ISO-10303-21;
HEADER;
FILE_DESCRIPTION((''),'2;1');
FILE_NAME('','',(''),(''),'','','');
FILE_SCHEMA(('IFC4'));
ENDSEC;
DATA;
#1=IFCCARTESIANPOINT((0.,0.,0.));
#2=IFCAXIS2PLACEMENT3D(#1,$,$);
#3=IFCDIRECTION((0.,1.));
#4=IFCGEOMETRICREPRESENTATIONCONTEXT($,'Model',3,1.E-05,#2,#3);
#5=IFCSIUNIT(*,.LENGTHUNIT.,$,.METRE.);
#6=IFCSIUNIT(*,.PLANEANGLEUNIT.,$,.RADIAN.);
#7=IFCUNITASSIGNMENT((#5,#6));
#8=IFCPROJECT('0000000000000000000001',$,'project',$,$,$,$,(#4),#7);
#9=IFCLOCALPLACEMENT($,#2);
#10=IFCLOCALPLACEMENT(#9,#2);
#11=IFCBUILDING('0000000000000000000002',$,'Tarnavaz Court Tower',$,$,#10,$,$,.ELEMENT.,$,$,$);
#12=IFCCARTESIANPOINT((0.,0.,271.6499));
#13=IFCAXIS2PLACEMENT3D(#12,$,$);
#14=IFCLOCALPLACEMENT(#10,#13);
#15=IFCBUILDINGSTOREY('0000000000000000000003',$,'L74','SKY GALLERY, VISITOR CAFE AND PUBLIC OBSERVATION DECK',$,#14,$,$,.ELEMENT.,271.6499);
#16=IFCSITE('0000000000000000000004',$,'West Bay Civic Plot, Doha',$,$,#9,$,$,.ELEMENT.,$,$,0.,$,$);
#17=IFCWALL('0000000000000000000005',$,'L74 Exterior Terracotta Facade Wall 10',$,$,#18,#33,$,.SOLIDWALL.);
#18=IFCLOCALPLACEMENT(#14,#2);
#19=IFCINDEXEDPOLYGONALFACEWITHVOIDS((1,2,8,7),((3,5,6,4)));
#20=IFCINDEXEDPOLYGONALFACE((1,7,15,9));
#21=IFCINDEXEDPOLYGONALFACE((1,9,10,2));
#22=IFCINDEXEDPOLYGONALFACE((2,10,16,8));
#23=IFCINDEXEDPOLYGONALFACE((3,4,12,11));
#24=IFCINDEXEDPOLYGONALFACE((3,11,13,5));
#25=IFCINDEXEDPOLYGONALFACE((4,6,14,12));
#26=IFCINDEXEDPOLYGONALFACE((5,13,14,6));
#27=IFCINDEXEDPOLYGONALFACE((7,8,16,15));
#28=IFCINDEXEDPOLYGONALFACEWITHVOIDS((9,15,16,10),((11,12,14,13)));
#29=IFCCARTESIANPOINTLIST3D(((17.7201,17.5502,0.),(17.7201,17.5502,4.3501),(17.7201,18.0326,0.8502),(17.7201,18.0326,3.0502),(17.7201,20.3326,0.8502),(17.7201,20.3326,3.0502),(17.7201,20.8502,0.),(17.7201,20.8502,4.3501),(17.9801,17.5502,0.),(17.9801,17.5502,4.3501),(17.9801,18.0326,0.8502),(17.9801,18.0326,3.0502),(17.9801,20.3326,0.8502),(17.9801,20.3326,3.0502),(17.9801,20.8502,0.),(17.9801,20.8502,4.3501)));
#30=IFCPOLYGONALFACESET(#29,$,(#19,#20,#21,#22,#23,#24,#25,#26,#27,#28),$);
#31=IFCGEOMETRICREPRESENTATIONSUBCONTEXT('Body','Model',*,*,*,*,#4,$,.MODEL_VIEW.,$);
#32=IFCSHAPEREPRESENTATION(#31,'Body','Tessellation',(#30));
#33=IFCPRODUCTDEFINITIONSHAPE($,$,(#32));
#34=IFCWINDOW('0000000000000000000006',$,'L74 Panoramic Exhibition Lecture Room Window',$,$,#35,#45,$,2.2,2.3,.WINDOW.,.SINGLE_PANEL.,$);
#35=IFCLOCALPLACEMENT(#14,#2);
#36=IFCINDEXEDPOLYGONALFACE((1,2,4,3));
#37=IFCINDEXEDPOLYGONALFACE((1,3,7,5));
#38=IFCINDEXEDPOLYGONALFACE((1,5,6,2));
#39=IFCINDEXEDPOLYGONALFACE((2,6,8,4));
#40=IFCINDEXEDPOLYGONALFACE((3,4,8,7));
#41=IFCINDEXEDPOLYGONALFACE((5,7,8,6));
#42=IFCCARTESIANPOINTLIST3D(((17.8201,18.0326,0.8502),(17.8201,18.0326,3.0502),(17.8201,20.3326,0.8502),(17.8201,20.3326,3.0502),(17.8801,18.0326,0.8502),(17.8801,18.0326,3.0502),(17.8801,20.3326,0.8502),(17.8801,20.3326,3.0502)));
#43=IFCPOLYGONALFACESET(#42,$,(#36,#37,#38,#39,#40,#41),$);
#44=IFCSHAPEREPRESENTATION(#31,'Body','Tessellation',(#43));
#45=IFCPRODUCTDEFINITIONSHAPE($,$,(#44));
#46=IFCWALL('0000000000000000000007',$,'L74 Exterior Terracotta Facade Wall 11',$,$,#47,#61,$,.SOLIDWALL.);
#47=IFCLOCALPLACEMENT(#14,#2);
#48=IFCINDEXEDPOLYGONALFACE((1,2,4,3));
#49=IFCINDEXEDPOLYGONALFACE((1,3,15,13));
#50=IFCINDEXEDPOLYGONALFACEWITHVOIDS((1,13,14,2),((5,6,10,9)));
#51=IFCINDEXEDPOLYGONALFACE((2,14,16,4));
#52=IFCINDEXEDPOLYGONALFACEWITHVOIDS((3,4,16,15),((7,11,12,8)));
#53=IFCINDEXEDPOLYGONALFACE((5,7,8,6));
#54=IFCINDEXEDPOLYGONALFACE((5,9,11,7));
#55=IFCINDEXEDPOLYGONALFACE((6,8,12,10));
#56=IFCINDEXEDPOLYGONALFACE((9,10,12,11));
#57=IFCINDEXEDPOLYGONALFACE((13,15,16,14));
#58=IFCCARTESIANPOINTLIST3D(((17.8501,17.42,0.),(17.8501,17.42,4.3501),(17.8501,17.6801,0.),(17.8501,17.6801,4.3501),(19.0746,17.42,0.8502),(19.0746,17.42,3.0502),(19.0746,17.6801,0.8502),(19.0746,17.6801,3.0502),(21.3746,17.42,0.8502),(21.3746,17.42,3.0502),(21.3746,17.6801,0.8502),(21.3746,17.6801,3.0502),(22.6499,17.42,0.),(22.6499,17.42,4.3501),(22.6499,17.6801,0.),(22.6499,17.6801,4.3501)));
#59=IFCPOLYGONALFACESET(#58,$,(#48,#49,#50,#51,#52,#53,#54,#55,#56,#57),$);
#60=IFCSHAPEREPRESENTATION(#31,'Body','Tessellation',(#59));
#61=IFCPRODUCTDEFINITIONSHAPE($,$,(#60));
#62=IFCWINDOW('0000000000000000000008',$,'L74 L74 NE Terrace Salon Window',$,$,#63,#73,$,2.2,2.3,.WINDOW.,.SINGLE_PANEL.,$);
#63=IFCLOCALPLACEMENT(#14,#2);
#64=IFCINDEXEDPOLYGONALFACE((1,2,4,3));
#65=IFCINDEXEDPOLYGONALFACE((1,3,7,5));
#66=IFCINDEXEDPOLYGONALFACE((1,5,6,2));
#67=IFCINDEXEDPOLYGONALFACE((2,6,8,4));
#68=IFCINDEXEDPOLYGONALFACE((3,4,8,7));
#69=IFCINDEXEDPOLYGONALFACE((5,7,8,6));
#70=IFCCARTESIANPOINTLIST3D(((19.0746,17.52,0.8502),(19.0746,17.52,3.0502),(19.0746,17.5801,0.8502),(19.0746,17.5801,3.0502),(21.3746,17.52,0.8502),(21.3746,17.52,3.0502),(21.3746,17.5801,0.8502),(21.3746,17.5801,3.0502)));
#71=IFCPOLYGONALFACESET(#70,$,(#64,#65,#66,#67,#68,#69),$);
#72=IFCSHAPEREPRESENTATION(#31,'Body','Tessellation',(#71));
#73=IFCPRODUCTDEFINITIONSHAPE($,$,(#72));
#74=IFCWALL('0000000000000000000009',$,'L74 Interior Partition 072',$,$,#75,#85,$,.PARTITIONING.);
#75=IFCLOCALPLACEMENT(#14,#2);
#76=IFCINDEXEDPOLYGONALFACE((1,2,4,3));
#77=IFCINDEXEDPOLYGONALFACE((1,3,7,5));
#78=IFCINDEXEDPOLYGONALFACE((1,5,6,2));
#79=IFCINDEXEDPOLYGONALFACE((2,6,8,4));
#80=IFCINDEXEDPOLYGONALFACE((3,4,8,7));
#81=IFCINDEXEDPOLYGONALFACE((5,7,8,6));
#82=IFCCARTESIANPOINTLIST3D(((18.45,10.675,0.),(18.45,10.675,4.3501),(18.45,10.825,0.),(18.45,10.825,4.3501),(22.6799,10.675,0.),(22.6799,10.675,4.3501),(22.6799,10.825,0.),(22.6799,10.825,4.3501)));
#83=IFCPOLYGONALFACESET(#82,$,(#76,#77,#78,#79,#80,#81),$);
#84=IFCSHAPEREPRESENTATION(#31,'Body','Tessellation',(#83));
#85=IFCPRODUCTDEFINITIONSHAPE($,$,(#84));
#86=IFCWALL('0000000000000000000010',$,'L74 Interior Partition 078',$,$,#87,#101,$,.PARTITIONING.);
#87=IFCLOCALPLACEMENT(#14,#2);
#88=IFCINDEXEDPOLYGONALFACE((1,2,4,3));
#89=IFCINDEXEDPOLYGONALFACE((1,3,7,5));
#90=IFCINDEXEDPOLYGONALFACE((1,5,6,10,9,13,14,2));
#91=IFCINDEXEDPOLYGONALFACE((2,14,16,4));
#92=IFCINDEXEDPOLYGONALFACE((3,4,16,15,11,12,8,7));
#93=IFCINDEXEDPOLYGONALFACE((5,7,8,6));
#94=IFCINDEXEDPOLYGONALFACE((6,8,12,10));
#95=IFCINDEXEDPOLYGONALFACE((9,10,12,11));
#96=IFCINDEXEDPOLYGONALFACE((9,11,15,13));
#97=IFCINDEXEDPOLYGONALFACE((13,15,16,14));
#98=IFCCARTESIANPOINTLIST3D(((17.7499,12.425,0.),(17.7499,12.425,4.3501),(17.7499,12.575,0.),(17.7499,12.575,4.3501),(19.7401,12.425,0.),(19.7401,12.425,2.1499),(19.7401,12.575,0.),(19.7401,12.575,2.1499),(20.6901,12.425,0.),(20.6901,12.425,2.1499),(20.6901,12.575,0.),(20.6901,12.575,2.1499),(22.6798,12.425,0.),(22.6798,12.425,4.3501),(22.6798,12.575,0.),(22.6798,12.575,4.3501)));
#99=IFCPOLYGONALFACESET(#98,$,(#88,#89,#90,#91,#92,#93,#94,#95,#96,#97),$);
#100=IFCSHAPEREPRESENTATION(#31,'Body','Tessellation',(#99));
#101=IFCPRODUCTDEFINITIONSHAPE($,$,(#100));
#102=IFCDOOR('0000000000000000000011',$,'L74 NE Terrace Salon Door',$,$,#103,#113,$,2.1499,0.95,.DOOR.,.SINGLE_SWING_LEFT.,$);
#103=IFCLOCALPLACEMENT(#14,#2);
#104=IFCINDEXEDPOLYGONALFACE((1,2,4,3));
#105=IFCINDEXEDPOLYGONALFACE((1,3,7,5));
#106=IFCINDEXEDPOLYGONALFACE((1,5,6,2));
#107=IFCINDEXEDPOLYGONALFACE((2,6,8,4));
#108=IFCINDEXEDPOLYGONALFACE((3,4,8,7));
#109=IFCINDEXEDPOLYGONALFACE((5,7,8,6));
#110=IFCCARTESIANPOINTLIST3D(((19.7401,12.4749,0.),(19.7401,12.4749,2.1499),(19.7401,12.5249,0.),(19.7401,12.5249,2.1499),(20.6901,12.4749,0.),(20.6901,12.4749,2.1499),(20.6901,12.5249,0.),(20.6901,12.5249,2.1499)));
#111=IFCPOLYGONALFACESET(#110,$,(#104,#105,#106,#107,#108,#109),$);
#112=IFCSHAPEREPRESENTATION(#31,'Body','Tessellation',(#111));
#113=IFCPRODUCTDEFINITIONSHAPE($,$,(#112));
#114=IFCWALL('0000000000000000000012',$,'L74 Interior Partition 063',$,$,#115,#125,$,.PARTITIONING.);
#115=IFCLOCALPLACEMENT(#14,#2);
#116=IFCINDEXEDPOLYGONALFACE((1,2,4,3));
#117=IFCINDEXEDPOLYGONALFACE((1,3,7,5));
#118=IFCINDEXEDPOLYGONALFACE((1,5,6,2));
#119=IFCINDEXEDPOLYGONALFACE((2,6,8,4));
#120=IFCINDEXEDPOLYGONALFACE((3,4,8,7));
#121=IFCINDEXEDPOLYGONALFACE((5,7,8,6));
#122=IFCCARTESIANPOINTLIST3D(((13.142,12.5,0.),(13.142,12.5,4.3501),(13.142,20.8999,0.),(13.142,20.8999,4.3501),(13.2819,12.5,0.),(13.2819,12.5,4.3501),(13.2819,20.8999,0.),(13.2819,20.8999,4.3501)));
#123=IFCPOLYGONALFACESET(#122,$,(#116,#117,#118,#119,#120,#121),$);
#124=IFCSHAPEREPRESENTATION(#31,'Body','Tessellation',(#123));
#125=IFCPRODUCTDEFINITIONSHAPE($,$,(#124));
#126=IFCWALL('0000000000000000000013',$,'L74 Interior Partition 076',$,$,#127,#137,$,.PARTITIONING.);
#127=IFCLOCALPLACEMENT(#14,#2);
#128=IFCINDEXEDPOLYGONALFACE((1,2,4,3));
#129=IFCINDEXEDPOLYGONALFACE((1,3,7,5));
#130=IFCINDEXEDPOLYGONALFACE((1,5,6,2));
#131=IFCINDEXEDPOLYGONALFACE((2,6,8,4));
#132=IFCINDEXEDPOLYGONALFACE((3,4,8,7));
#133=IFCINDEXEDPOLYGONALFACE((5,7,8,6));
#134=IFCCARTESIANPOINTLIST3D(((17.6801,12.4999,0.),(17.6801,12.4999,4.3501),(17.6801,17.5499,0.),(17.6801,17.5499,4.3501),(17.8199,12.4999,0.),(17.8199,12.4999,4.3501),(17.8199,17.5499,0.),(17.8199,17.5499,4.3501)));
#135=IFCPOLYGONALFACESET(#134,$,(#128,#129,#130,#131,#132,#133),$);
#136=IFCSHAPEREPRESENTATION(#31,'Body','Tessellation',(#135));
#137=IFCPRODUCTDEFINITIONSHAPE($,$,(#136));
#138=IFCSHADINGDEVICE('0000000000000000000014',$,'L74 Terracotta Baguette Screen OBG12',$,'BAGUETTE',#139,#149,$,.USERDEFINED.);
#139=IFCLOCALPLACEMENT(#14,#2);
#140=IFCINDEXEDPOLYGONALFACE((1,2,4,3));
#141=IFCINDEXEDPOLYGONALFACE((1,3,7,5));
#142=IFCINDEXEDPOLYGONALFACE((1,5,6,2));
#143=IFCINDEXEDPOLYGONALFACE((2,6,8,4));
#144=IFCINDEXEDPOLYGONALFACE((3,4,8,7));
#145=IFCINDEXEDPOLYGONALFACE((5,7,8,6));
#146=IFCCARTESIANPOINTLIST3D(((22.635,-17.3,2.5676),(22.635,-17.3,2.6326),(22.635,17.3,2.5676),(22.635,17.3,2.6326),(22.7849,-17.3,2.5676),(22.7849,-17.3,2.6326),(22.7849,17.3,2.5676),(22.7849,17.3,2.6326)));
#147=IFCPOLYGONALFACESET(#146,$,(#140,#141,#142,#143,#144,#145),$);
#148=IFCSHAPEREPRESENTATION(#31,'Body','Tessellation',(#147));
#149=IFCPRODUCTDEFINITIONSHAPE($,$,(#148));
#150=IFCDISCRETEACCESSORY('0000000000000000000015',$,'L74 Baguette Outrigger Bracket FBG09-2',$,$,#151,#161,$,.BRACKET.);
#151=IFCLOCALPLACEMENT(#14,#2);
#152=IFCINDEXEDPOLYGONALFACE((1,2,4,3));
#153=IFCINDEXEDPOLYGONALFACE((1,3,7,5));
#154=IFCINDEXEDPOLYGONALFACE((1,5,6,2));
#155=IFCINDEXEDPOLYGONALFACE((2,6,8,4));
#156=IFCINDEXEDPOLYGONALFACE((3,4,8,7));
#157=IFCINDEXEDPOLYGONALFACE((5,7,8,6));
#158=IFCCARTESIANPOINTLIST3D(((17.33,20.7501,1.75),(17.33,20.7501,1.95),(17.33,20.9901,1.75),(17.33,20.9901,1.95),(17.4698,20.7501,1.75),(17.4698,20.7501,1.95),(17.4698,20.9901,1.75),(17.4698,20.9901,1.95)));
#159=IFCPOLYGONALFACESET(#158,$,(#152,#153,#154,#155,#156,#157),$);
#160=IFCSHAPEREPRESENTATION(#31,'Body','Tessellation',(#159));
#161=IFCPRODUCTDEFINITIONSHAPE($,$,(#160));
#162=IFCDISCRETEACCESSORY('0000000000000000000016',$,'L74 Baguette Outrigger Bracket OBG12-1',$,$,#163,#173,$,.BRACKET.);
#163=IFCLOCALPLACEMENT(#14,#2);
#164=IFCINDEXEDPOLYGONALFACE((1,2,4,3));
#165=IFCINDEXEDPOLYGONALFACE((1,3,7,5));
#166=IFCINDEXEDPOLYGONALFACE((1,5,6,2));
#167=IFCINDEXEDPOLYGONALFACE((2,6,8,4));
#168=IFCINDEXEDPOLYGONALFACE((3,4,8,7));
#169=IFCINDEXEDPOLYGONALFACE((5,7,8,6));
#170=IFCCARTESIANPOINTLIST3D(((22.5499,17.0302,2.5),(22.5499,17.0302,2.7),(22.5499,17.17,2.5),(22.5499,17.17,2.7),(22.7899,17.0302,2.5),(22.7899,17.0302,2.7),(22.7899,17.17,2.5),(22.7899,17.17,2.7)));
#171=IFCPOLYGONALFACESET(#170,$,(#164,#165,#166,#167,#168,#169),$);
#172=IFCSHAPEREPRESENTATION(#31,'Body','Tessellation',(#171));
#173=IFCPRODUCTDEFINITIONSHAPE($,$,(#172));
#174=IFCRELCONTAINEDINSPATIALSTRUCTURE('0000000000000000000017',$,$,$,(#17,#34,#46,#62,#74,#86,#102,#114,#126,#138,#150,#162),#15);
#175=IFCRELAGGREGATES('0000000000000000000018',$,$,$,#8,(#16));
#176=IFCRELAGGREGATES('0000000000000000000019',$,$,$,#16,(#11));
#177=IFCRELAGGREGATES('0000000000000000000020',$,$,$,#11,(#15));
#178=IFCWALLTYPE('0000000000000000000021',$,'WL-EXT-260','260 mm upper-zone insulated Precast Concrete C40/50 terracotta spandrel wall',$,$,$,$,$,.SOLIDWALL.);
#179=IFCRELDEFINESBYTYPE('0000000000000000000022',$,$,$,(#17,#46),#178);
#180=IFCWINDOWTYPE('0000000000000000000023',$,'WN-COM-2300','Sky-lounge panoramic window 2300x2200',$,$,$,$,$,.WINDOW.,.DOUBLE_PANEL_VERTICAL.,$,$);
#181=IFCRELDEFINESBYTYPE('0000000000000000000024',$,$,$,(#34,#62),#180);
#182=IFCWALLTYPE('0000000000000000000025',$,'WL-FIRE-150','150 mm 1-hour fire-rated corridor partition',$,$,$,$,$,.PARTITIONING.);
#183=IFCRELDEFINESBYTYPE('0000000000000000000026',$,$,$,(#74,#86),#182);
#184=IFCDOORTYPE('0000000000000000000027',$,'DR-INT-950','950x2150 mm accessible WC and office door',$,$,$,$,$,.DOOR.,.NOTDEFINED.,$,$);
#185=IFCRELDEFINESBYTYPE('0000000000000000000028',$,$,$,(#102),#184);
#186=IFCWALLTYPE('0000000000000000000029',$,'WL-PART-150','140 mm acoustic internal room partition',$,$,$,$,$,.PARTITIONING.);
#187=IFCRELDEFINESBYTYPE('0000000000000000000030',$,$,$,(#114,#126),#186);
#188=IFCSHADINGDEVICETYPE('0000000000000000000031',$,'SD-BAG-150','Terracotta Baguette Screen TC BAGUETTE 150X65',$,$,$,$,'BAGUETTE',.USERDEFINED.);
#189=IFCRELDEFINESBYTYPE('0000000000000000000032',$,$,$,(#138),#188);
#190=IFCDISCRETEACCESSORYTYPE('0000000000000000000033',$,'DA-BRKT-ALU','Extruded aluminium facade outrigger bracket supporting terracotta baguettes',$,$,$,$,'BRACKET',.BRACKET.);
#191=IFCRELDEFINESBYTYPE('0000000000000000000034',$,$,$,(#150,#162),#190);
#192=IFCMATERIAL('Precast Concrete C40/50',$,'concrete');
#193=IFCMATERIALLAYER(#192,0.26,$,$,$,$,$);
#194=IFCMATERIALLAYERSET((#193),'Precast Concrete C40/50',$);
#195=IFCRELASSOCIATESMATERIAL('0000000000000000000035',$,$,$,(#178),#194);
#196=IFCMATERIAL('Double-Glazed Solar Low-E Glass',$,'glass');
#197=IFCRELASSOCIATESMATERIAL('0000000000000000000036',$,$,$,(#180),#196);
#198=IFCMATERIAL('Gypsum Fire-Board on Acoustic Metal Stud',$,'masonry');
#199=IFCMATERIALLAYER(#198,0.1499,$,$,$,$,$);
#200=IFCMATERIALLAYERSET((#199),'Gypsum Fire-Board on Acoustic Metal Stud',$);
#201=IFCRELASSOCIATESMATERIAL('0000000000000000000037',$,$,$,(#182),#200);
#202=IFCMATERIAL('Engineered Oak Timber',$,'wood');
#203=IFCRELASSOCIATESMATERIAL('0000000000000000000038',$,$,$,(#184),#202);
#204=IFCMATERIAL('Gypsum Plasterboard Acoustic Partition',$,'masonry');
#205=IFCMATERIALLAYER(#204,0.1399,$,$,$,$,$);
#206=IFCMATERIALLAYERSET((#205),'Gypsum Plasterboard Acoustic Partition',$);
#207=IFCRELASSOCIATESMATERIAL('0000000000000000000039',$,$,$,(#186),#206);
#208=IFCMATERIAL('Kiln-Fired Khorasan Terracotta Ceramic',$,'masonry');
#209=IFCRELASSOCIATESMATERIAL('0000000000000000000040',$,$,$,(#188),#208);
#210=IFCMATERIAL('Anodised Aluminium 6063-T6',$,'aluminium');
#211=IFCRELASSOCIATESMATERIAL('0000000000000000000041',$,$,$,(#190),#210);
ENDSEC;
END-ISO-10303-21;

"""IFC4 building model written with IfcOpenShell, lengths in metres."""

from ifc_helpers import new_model, si_unit, direction, frame, frame_2d, origin, origin_2d, place, context, subcontext, project, spatial, rectangle, extrude, material, layer, layer_set, material_profile, profile_set, type_object, element, fill, save


model = new_model("IFC4")

# Units and contexts
model_context = context("Model", 3, precision=1e-05, world=origin(), true_north=direction((0.0, 1.0)))
body_context = subcontext(model_context, "Body", "Model", "MODEL_VIEW")
ifc_project = project(units=[si_unit("LENGTHUNIT", "METRE"), si_unit("PLANEANGLEUNIT", "RADIAN")], contexts=[model_context])

# Site, building, storey
site_placement = place(None, origin())
site = spatial("IfcSite", under=ifc_project, at=site_placement, Name="West Bay Civic Plot, Doha", CompositionType="ELEMENT", RefElevation=0.0)
building_placement = place(site_placement, origin())
building = spatial("IfcBuilding", under=site, at=building_placement, Name="Tarnavaz Court Tower", CompositionType="ELEMENT")
storey_placement = place(building_placement, frame((0.0, 0.0, 271.6499)))
storey = spatial("IfcBuildingStorey", under=building, at=storey_placement, Name="L74", Description="SKY GALLERY, VISITOR CAFE AND PUBLIC OBSERVATION DECK", CompositionType="ELEMENT", Elevation=271.6499)

# Shared definitions
ifc_material_1 = material(Name="Anodised Aluminium 6063-T6", Category="aluminium")
ifc_material_2 = material(Name="Double-Glazed Solar Low-E Glass", Category="glass")

# Walls, openings, windows
ifc_material_3 = material(Name="Precast Concrete C40/50", Category="concrete")
ifc_layer_1 = layer(ifc_material_3, 0.26)
ifc_layer_set_1 = layer_set([ifc_layer_1], Name="Precast Concrete C40/50")
wall_type_1 = type_object("IfcWallType", Name="WL-EXT-260", Description="260 mm upper-zone insulated Precast Concrete C40/50 terracotta spandrel wall", PredefinedType="SOLIDWALL", material=ifc_layer_set_1)
wall_1_placement = place(storey_placement, frame((17.8501, 20.8501, 0.0), z_axis=(0.0, 0.0, 1.0), x_axis=(0.0, -1.0, 0.0)))
wall_1 = element("IfcWall", 1, at=wall_1_placement, inside=storey, type_object=wall_type_1, Name="L74 Exterior Terracotta Facade Wall 10", PredefinedType="SOLIDWALL", context=body_context, shape_type="SweptSolid", body=[
    extrude(rectangle(XDim=3.3, YDim=0.26, at=frame_2d((1.6499, 0.0))), origin(), (0.0, 0.0, 1.0), 4.3501),
])
opening_1_placement = place(wall_1_placement, frame((0.5176, 0.0, 0.8501)))
opening_1 = element("IfcOpeningElement", 2, at=opening_1_placement, cuts=wall_1, PredefinedType="OPENING", context=body_context, shape_type="SweptSolid", body=[
    extrude(rectangle(XDim=2.3, YDim=2.2, at=frame_2d((1.1499, 1.1001))), frame((0.0, 0.1399, 0.0), z_axis=(0.0, -1.0, 0.0), x_axis=(1.0, 0.0, 0.0)), (0.0, 0.0, 1.0), 0.28),
])
window_type = type_object("IfcWindowType", Name="WN-COM-2300", Description="Sky-lounge panoramic window 2300x2200", PartitioningType="DOUBLE_PANEL_VERTICAL", PredefinedType="WINDOW", material=ifc_material_2)
window_1_placement = place(opening_1_placement, origin())
window_1 = element("IfcWindow", 3, at=window_1_placement, inside=storey, type_object=window_type, Name="L74 Panoramic Exhibition Lecture Room Window", OverallHeight=2.2, OverallWidth=2.3, PartitioningType="SINGLE_PANEL", PredefinedType="WINDOW", context=body_context, shape_type="SweptSolid", body=[
    extrude(rectangle(XDim=2.3, YDim=2.2, at=frame_2d((1.1499, 1.1001))), frame((0.0, 0.03, 0.0), z_axis=(0.0, -1.0, 0.0), x_axis=(1.0, 0.0, 0.0)), (0.0, 0.0, 1.0), 0.0601),
])
fill(opening_1, window_1)
wall_2_placement = place(storey_placement, frame((17.8501, 17.55, 0.0), z_axis=(0.0, 0.0, 1.0), x_axis=(1.0, 0.0, 0.0)))
wall_2 = element("IfcWall", 4, at=wall_2_placement, inside=storey, type_object=wall_type_1, Name="L74 Exterior Terracotta Facade Wall 11", PredefinedType="SOLIDWALL", context=body_context, shape_type="SweptSolid", body=[
    extrude(rectangle(XDim=4.7998, YDim=0.26, at=frame_2d((2.3999, 0.0))), origin(), (0.0, 0.0, 1.0), 4.3501),
])
opening_2_placement = place(wall_2_placement, frame((1.2246, 0.0, 0.8501)))
opening_2 = element("IfcOpeningElement", 5, at=opening_2_placement, cuts=wall_2, PredefinedType="OPENING", context=body_context, shape_type="SweptSolid", body=[
    extrude(rectangle(XDim=2.3, YDim=2.2, at=frame_2d((1.1499, 1.1001))), frame((0.0, 0.1399, 0.0), z_axis=(0.0, -1.0, 0.0), x_axis=(1.0, 0.0, 0.0)), (0.0, 0.0, 1.0), 0.28),
])
window_2_placement = place(opening_2_placement, origin())
window_2 = element("IfcWindow", 6, at=window_2_placement, inside=storey, type_object=window_type, Name="L74 L74 NE Terrace Salon Window", OverallHeight=2.2, OverallWidth=2.3, PartitioningType="SINGLE_PANEL", PredefinedType="WINDOW", context=body_context, shape_type="SweptSolid", body=[
    extrude(rectangle(XDim=2.3, YDim=2.2, at=frame_2d((1.1499, 1.1001))), frame((0.0, 0.03, 0.0), z_axis=(0.0, -1.0, 0.0), x_axis=(1.0, 0.0, 0.0)), (0.0, 0.0, 1.0), 0.0601),
])
fill(opening_2, window_2)

# Wall
ifc_material_4 = material(Name="Gypsum Fire-Board on Acoustic Metal Stud", Category="masonry")
ifc_layer_2 = layer(ifc_material_4, 0.1499)
ifc_layer_set_2 = layer_set([ifc_layer_2], Name="Gypsum Fire-Board on Acoustic Metal Stud")
wall_type_2 = type_object("IfcWallType", Name="WL-FIRE-150", Description="150 mm 1-hour fire-rated corridor partition", PredefinedType="PARTITIONING", material=ifc_layer_set_2)
wall_3_placement = place(storey_placement, frame((18.45, 10.75, 0.0), z_axis=(0.0, 0.0, 1.0), x_axis=(1.0, 0.0, 0.0)))
element("IfcWall", 7, at=wall_3_placement, inside=storey, type_object=wall_type_2, Name="L74 Interior Partition 072", PredefinedType="PARTITIONING", context=body_context, shape_type="SweptSolid", body=[
    extrude(rectangle(XDim=4.23, YDim=0.1499, at=frame_2d((2.115, 0.0))), origin(), (0.0, 0.0, 1.0), 4.3501),
])

# Wall, opening, door
wall_4_placement = place(storey_placement, frame((17.75, 12.5, 0.0), z_axis=(0.0, 0.0, 1.0), x_axis=(1.0, 0.0, 0.0)))
wall_4 = element("IfcWall", 8, at=wall_4_placement, inside=storey, type_object=wall_type_2, Name="L74 Interior Partition 078", PredefinedType="PARTITIONING", context=body_context, shape_type="SweptSolid", body=[
    extrude(rectangle(XDim=4.9299, YDim=0.1499, at=frame_2d((2.4648, 0.0))), origin(), (0.0, 0.0, 1.0), 4.3501),
])
opening_3_placement = place(wall_4_placement, frame((1.99, 0.0, 0.0)))
opening_3 = element("IfcOpeningElement", 9, at=opening_3_placement, cuts=wall_4, PredefinedType="OPENING", context=body_context, shape_type="SweptSolid", body=[
    extrude(rectangle(XDim=0.95, YDim=2.1499, at=frame_2d((0.4751, 1.075))), frame((0.0, 0.085, 0.0), z_axis=(0.0, -1.0, 0.0), x_axis=(1.0, 0.0, 0.0)), (0.0, 0.0, 1.0), 0.1699),
])
ifc_material_5 = material(Name="Engineered Oak Timber", Category="wood")
door_type = type_object("IfcDoorType", Name="DR-INT-950", Description="950x2150 mm accessible WC and office door", OperationType="NOTDEFINED", PredefinedType="DOOR", material=ifc_material_5)
door_placement = place(opening_3_placement, origin())
door = element("IfcDoor", 10, at=door_placement, inside=storey, type_object=door_type, Name="L74 NE Terrace Salon Door", OperationType="SINGLE_SWING_LEFT", OverallHeight=2.1499, OverallWidth=0.95, PredefinedType="DOOR", context=body_context, shape_type="SweptSolid", body=[
    extrude(rectangle(XDim=0.95, YDim=2.1499, at=frame_2d((0.4751, 1.075))), frame((0.0, 0.0249, 0.0), z_axis=(0.0, -1.0, 0.0), x_axis=(1.0, 0.0, 0.0)), (0.0, 0.0, 1.0), 0.05),
])
fill(opening_3, door)

# Walls
ifc_material_6 = material(Name="Gypsum Plasterboard Acoustic Partition", Category="masonry")
ifc_layer_3 = layer(ifc_material_6, 0.1399)
ifc_layer_set_3 = layer_set([ifc_layer_3], Name="Gypsum Plasterboard Acoustic Partition")
wall_type_3 = type_object("IfcWallType", Name="WL-PART-150", Description="140 mm acoustic internal room partition", PredefinedType="PARTITIONING", material=ifc_layer_set_3)
wall_5_placement = place(storey_placement, frame((13.2119, 12.5, 0.0), z_axis=(0.0, 0.0, 1.0), x_axis=(0.0, 1.0, 0.0)))
element("IfcWall", 11, at=wall_5_placement, inside=storey, type_object=wall_type_3, Name="L74 Interior Partition 063", PredefinedType="PARTITIONING", context=body_context, shape_type="SweptSolid", body=[
    extrude(rectangle(XDim=8.3999, YDim=0.1399, at=frame_2d((4.2, 0.0))), origin(), (0.0, 0.0, 1.0), 4.3501),
])
wall_6_placement = place(storey_placement, frame((17.75, 12.5, 0.0), z_axis=(0.0, 0.0, 1.0), x_axis=(0.0, 1.0, 0.0)))
element("IfcWall", 12, at=wall_6_placement, inside=storey, type_object=wall_type_3, Name="L74 Interior Partition 076", PredefinedType="PARTITIONING", context=body_context, shape_type="SweptSolid", body=[
    extrude(rectangle(XDim=5.05, YDim=0.1399, at=frame_2d((2.5249, 0.0))), origin(), (0.0, 0.0, 1.0), 4.3501),
])

# Shading device
ifc_material_7 = material(Name="Kiln-Fired Khorasan Terracotta Ceramic", Category="masonry")
ifc_material_profile_1 = material_profile(ifc_material_7, rectangle(XDim=0.1499, YDim=0.0649, at=origin_2d()), Name="TC BAGUETTE 150X65")
ifc_profile_set_1 = profile_set([ifc_material_profile_1], Name="Kiln-Fired Khorasan Terracotta Ceramic")
shading_device_type = type_object("IfcShadingDeviceType", Name="SD-BAG-150", Description="Terracotta Baguette Screen TC BAGUETTE 150X65", ElementType="BAGUETTE", PredefinedType="USERDEFINED", material=ifc_profile_set_1)
shading_device_placement = place(storey_placement, frame((22.71, 17.3, 2.6001), z_axis=(0.0, -1.0, 0.0), x_axis=(1.0, 0.0, 0.0)))
element("IfcShadingDevice", 13, at=shading_device_placement, inside=storey, type_object=shading_device_type, Name="L74 Terracotta Baguette Screen OBG12", ObjectType="BAGUETTE", PredefinedType="USERDEFINED", context=body_context, shape_type="SweptSolid", body=[
    extrude(rectangle(XDim=0.1499, YDim=0.0649, at=origin_2d()), origin(), (0.0, 0.0, 1.0), 34.6001),
])

# Discrete accessories
discrete_accessory_type = type_object("IfcDiscreteAccessoryType", Name="DA-BRKT-ALU", Description="Extruded aluminium facade outrigger bracket supporting terracotta baguettes", ElementType="BRACKET", PredefinedType="BRACKET", material=ifc_material_1)
for number, where, z_axis, x_axis, name in (
    (14, (17.3999, 20.8701, 1.75), (0.0, 0.0, 1.0), (1.0, 0.0, 0.0), "L74 Baguette Outrigger Bracket FBG09-2"),
    (15, (22.6699, 17.1001, 2.5), (0.0, 0.0, 1.0), (0.0, -1.0, 0.0), "L74 Baguette Outrigger Bracket OBG12-1"),
):
    element("IfcDiscreteAccessory", number, at=place(storey_placement, frame(where, z_axis=z_axis, x_axis=x_axis)), inside=storey, type_object=discrete_accessory_type, Name=name, PredefinedType="BRACKET", context=body_context, shape_type="SweptSolid", body=[
        extrude(rectangle(XDim=0.1399, YDim=0.24, at=origin_2d()), origin(), (0.0, 0.0, 1.0), 0.2),
    ])

save(model, "model.ifc")
